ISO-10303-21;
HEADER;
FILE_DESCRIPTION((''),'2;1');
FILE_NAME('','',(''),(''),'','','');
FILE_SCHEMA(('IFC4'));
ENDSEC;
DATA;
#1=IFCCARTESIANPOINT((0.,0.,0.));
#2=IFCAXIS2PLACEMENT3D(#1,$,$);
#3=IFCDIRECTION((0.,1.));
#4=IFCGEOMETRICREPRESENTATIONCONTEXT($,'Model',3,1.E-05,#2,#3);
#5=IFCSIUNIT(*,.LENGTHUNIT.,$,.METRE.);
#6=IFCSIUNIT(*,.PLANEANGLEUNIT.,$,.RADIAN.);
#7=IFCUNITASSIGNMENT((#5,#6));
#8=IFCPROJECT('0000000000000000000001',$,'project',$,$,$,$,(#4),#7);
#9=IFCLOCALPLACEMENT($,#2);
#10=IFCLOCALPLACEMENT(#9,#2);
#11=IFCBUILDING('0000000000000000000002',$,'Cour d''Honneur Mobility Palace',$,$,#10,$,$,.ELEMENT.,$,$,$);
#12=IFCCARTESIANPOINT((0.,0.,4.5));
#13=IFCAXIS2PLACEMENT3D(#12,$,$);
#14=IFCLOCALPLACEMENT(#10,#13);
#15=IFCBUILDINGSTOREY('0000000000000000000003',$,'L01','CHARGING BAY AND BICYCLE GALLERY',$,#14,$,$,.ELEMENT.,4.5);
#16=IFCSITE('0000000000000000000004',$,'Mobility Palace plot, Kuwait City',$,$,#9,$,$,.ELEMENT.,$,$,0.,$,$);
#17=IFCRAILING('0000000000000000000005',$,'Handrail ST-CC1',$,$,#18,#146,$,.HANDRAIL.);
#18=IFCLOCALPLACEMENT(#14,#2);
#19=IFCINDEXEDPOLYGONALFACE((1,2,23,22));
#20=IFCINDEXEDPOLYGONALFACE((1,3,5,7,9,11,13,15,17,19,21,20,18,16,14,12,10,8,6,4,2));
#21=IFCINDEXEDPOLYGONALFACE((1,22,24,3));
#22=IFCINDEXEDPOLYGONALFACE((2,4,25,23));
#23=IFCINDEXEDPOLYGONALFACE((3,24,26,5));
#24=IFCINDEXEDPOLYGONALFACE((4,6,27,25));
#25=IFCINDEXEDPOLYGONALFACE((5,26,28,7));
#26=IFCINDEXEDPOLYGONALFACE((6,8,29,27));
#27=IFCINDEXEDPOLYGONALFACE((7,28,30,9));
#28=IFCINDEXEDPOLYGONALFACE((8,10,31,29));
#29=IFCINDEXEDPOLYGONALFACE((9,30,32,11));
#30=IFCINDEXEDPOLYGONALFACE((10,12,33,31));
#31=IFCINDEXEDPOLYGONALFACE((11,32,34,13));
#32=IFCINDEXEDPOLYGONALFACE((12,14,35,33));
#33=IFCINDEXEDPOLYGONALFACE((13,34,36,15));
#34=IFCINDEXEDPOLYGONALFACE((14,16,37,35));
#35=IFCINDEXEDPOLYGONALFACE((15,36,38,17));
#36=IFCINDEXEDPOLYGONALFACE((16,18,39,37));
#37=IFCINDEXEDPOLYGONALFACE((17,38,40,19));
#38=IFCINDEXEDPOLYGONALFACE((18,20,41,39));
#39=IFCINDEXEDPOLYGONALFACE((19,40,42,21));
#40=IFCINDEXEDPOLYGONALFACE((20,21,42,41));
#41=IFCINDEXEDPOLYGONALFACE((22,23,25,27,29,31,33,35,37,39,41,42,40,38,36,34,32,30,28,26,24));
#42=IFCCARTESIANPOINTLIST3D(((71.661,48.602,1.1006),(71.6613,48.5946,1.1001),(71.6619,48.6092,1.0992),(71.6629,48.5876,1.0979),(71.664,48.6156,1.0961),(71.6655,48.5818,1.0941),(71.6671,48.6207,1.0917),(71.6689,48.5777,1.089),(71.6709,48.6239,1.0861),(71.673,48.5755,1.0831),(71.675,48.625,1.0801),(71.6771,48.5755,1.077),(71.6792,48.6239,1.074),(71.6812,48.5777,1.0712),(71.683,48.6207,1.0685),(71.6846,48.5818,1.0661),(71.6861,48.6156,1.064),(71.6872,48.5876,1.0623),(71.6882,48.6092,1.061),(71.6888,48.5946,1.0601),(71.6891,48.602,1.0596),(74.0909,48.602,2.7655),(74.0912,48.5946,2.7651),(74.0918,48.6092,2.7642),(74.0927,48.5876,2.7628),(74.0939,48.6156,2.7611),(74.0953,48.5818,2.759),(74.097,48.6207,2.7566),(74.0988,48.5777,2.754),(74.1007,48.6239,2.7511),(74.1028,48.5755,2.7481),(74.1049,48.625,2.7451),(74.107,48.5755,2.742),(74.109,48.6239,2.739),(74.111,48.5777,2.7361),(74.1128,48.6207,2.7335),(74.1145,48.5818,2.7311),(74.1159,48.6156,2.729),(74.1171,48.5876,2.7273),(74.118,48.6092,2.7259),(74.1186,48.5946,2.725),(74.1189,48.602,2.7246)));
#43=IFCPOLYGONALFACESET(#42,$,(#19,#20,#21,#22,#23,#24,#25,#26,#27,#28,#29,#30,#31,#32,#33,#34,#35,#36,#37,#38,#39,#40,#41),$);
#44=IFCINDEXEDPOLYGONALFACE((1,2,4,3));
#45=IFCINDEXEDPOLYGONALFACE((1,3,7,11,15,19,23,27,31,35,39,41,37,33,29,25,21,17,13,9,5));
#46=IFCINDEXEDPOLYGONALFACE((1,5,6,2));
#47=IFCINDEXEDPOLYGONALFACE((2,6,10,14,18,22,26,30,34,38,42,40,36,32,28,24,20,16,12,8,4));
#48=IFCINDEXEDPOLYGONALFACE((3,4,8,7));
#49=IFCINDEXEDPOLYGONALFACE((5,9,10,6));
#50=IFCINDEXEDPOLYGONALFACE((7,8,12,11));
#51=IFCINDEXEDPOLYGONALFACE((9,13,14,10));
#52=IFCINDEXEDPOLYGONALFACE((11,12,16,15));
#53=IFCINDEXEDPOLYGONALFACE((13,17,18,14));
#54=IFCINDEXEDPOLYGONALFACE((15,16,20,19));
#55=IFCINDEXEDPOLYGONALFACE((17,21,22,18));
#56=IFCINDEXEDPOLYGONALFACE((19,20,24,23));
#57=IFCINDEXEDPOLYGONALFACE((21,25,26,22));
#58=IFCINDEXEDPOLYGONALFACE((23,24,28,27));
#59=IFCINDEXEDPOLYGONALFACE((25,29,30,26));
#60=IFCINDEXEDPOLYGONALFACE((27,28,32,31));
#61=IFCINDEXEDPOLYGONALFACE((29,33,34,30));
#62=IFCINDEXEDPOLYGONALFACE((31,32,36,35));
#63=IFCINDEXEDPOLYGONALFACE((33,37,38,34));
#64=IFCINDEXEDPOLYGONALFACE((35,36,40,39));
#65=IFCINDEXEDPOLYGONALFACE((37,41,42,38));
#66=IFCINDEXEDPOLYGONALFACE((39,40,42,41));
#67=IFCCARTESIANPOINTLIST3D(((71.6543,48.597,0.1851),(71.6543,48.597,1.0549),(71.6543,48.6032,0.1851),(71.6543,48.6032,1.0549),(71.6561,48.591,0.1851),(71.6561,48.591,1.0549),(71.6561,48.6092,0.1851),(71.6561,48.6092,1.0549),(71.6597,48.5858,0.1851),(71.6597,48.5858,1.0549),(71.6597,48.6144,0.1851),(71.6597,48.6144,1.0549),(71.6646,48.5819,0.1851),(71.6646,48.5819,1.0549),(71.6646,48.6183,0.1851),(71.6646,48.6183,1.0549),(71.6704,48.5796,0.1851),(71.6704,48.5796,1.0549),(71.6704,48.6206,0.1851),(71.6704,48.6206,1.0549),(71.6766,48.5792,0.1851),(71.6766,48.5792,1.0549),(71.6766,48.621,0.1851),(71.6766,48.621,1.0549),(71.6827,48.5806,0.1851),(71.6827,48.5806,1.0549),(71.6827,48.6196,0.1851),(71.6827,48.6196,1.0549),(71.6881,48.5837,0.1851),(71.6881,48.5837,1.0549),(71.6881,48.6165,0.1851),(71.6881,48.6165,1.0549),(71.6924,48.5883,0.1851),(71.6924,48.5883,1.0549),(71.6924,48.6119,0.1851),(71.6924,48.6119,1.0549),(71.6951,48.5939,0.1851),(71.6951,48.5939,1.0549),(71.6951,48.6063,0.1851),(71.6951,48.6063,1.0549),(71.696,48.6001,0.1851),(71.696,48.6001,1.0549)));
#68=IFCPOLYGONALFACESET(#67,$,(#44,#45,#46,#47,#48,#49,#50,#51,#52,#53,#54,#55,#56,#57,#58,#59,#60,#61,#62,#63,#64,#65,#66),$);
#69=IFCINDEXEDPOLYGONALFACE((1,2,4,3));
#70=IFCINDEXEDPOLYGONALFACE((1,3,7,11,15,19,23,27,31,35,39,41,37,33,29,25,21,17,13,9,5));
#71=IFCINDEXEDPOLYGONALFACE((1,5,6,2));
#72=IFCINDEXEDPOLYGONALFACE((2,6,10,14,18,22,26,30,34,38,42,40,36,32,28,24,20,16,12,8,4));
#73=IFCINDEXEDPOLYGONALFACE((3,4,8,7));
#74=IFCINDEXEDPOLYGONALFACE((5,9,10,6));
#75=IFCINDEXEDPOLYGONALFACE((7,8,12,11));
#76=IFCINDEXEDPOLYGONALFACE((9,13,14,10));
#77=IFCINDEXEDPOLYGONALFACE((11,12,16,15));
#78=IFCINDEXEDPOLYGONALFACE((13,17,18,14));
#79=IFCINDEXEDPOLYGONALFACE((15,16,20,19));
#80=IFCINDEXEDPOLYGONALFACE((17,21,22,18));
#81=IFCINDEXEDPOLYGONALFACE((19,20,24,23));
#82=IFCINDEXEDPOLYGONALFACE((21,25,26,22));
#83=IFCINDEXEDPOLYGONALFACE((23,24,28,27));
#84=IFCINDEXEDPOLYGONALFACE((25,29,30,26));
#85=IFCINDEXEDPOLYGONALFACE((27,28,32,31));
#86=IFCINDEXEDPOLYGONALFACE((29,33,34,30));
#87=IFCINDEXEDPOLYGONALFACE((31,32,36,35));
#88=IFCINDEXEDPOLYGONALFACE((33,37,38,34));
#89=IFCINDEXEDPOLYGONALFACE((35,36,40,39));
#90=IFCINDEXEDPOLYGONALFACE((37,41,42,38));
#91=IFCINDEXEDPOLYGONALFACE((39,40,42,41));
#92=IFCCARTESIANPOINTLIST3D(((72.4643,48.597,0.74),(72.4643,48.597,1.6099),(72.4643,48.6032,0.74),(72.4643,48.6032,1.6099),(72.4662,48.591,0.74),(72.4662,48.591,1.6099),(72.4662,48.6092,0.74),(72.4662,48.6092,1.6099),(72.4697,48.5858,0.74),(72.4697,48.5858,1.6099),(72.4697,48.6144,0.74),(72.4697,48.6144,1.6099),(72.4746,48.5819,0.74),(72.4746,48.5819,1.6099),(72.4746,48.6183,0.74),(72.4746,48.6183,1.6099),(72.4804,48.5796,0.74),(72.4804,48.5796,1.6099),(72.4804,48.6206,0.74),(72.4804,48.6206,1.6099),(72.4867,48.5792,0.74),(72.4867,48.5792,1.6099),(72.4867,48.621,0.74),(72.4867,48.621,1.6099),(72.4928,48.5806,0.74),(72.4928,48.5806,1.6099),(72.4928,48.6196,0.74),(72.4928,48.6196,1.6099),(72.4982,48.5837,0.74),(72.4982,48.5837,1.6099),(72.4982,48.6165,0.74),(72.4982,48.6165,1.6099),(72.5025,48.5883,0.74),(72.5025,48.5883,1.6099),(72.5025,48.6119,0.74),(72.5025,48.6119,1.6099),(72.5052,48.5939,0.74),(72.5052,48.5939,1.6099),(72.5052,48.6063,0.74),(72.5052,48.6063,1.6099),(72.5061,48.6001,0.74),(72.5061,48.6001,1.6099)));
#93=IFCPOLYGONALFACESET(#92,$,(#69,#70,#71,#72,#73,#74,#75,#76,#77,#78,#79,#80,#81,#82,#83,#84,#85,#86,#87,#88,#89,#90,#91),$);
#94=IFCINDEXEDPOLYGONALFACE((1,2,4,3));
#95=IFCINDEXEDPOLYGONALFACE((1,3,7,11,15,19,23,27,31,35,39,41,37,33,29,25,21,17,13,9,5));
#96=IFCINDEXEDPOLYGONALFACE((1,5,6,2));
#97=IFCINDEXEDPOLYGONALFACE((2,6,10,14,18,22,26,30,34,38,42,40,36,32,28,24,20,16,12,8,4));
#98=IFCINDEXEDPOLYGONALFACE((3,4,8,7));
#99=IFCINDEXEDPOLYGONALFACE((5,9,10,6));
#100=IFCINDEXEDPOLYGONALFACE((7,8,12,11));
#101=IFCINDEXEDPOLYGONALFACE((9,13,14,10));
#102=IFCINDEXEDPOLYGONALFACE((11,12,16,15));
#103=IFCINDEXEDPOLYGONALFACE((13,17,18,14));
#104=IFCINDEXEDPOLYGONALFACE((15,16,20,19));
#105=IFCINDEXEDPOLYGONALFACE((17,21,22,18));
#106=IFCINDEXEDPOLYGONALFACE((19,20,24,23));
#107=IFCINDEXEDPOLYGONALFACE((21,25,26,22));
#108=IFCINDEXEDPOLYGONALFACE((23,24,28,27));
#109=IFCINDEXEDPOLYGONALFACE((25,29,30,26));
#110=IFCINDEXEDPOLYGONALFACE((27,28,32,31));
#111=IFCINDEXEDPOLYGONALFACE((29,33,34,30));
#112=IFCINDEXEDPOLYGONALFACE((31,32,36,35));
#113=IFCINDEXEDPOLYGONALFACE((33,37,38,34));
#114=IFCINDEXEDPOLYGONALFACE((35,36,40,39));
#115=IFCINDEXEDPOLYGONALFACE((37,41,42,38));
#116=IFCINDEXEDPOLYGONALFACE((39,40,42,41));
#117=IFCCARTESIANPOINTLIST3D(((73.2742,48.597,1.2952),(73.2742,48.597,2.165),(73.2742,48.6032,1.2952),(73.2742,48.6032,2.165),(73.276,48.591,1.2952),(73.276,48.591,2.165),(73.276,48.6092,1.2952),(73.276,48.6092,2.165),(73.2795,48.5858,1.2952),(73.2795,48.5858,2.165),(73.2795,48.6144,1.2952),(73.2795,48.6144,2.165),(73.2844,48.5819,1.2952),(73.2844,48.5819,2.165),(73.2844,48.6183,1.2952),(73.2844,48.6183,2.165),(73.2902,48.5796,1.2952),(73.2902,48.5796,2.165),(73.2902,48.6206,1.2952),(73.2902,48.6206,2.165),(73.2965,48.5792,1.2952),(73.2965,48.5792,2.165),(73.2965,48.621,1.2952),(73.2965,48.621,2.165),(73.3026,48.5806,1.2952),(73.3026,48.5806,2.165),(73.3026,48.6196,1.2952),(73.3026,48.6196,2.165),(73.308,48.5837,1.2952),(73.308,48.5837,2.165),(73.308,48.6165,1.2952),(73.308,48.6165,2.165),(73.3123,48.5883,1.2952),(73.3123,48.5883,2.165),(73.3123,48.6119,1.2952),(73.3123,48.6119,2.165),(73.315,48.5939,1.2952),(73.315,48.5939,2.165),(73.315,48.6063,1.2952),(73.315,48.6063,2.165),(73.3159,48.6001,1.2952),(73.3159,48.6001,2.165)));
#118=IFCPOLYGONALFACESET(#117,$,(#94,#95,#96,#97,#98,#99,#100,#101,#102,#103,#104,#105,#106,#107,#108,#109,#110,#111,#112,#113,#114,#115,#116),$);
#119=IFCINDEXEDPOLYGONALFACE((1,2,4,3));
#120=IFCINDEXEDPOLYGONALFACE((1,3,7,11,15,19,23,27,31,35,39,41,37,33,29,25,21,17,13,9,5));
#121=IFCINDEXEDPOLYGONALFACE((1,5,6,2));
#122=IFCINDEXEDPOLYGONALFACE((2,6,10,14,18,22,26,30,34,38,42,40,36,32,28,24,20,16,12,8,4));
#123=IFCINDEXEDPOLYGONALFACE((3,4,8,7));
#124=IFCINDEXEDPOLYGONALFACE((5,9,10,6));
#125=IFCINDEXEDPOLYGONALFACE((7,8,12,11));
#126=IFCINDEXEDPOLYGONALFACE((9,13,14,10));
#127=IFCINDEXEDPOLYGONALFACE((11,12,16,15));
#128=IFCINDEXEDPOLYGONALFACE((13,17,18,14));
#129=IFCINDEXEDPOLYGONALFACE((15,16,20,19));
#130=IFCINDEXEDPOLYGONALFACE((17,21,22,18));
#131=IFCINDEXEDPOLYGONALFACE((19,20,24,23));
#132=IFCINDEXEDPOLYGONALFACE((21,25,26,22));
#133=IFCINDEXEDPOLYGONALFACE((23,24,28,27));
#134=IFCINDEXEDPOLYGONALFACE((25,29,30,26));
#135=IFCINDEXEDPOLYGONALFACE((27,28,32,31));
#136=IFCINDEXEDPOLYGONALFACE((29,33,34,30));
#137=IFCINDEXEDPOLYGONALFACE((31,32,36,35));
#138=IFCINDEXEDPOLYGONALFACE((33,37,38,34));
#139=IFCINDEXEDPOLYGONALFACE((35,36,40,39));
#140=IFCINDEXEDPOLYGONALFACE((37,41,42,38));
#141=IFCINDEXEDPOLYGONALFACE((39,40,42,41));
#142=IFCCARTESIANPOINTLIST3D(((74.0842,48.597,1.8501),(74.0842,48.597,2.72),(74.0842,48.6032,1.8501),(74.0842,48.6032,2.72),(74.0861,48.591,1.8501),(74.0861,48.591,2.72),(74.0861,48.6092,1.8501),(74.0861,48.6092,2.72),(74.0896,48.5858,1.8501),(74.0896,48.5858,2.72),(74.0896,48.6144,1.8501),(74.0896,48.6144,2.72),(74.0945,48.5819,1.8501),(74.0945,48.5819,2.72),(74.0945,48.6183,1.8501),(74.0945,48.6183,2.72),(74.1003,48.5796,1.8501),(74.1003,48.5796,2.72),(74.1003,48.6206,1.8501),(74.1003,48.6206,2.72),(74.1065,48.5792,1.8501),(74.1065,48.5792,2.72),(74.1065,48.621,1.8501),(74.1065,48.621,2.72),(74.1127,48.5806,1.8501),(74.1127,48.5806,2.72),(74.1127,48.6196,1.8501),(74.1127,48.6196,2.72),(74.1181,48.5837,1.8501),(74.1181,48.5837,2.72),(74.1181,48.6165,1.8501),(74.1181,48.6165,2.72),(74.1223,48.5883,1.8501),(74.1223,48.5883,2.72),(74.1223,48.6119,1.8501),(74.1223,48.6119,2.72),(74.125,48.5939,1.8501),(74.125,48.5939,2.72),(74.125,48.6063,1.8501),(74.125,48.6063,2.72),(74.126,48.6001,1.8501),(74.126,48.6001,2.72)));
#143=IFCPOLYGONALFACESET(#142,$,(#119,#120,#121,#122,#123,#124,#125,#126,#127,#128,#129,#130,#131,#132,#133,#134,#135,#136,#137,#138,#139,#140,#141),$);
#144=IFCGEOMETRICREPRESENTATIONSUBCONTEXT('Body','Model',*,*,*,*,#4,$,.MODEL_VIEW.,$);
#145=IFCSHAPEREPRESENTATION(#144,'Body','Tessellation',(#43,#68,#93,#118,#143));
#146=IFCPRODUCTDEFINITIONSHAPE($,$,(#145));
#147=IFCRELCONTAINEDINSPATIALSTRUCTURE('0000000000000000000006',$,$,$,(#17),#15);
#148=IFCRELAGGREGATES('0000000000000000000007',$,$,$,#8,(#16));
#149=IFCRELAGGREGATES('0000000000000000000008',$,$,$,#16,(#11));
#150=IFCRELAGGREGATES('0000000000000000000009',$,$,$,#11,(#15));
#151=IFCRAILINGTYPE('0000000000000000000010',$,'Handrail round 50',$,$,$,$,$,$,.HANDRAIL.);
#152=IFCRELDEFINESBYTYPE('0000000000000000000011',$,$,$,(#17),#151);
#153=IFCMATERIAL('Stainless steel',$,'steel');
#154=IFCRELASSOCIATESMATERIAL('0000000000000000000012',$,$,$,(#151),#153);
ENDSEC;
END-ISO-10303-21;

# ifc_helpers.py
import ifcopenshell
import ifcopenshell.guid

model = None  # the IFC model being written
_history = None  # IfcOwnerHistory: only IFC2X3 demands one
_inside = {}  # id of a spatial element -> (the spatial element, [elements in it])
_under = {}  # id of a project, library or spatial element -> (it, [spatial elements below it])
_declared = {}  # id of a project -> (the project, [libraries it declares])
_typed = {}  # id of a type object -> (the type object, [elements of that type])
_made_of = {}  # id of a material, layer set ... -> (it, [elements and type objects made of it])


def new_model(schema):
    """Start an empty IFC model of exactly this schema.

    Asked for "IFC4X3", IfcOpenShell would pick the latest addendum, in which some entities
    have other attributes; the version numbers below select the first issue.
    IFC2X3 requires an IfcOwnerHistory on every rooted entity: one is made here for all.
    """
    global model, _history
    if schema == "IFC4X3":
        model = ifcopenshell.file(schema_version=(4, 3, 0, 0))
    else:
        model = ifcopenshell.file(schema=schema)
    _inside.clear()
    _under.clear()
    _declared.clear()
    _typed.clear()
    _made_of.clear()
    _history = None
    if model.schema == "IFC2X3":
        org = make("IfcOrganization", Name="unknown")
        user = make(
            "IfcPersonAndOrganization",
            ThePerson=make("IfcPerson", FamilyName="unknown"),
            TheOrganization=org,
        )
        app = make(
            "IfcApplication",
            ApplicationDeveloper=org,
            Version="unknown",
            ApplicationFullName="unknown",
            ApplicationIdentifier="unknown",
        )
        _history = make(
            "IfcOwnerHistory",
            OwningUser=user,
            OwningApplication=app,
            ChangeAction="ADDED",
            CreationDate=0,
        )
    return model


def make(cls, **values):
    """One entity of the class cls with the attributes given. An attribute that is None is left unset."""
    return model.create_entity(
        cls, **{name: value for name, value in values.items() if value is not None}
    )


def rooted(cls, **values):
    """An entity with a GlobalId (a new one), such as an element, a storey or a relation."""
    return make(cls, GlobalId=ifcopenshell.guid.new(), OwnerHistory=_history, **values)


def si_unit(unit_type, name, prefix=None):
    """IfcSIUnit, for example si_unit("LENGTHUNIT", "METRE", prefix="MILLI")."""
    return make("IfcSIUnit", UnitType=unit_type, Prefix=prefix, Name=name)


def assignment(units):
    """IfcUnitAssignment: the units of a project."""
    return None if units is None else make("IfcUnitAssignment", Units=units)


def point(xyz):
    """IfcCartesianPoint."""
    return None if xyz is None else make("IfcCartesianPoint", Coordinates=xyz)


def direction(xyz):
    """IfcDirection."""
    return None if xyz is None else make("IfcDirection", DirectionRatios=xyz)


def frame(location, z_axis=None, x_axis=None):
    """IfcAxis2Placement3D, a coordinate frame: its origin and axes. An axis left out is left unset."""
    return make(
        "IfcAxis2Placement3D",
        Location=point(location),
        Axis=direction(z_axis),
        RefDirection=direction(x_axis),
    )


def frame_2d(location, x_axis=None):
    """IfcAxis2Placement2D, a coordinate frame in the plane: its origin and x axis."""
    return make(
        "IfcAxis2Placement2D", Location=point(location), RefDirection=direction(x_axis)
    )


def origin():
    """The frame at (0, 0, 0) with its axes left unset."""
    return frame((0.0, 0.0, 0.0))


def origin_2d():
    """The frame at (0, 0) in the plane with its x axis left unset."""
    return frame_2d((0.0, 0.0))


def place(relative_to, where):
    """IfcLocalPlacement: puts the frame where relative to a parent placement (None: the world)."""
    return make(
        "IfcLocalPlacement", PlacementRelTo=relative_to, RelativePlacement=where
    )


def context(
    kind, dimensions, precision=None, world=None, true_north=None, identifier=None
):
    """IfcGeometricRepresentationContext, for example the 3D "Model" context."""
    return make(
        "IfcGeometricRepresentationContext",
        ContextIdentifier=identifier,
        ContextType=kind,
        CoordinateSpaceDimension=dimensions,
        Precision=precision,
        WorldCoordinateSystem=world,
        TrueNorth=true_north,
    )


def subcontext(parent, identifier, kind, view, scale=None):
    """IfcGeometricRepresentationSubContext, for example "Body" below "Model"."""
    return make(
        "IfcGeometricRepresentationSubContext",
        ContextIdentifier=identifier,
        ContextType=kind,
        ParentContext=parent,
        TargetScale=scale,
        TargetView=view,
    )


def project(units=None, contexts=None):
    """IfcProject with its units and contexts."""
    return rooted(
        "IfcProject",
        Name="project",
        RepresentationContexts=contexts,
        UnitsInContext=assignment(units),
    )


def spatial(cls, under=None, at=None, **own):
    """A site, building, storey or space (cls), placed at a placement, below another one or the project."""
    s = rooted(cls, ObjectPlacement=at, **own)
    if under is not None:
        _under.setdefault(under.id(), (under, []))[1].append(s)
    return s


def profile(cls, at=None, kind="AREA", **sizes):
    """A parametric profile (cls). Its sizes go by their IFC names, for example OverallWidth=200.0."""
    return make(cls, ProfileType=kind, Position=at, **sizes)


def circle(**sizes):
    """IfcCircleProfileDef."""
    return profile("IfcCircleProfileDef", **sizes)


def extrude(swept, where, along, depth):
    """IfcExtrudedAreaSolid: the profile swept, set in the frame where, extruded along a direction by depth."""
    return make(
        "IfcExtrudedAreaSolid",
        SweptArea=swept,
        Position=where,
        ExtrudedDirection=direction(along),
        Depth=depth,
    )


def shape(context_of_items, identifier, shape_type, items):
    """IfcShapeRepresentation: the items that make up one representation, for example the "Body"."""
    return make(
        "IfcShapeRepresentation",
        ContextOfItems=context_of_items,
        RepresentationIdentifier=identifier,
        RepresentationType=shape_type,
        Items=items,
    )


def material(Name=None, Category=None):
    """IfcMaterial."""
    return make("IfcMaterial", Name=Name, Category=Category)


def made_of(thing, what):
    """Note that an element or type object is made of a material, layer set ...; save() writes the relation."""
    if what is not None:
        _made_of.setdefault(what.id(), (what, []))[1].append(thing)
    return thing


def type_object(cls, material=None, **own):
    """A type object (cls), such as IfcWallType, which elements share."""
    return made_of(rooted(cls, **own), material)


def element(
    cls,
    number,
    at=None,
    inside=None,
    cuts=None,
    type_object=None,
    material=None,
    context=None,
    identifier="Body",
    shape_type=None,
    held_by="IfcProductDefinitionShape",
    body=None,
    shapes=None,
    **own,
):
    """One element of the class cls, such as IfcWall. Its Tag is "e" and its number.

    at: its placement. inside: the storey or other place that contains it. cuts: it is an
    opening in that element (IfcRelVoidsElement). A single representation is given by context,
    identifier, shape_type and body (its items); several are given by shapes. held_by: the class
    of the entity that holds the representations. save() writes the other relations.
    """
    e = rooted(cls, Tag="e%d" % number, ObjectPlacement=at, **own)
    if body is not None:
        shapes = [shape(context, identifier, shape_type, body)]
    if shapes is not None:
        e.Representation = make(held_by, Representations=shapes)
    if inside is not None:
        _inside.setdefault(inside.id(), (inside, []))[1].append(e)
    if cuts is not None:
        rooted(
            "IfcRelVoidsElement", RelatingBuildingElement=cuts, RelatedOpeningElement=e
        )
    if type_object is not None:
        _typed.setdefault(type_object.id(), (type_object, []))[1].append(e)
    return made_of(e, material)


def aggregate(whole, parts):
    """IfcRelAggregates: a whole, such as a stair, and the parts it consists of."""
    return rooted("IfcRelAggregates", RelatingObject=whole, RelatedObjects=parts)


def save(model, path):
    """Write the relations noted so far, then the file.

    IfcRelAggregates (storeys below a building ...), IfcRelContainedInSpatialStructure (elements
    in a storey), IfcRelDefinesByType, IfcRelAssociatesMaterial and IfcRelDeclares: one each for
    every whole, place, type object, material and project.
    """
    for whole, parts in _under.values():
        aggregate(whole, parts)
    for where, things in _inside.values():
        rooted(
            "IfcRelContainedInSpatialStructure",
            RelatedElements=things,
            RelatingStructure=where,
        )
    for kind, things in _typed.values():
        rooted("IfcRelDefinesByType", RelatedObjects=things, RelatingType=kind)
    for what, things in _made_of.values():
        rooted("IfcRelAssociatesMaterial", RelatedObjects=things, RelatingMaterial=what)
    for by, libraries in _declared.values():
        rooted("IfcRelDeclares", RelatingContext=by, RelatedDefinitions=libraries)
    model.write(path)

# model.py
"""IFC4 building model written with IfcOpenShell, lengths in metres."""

from ifc_helpers import new_model, si_unit, direction, frame, origin, origin_2d, place, context, subcontext, project, spatial, circle, extrude, material, type_object, element, save


model = new_model("IFC4")

# Units and contexts
model_context = context("Model", 3, precision=1e-05, world=origin(), true_north=direction((0.0, 1.0)))
body_context = subcontext(model_context, "Body", "Model", "MODEL_VIEW")
ifc_project = project(units=[si_unit("LENGTHUNIT", "METRE"), si_unit("PLANEANGLEUNIT", "RADIAN")], contexts=[model_context])

# Site, building, storey
site_placement = place(None, origin())
site = spatial("IfcSite", under=ifc_project, at=site_placement, Name="Mobility Palace plot, Kuwait City", CompositionType="ELEMENT", RefElevation=0.0)
building_placement = place(site_placement, origin())
building = spatial("IfcBuilding", under=site, at=building_placement, Name="Cour d'Honneur Mobility Palace", CompositionType="ELEMENT")
storey_placement = place(building_placement, frame((0.0, 0.0, 4.5)))
storey = spatial("IfcBuildingStorey", under=building, at=storey_placement, Name="L01", Description="CHARGING BAY AND BICYCLE GALLERY", CompositionType="ELEMENT", Elevation=4.5)

# Railing
ifc_material_1 = material(Name="Stainless steel", Category="steel")
railing_type_1 = type_object("IfcRailingType", Name="Handrail round 50", PredefinedType="HANDRAIL", material=ifc_material_1)
railing_1_placement = place(storey_placement, frame((71.675, 48.6001, 0.1851)))
element("IfcRailing", 1, at=railing_1_placement, inside=storey, type_object=railing_type_1, Name="Handrail ST-CC1", PredefinedType="HANDRAIL", context=body_context, shape_type="SweptSolid", body=[
    extrude(circle(Radius=0.0249, at=origin_2d()), frame((0.0, 0.0, 0.895), z_axis=(0.824919, 0.0, 0.565251), x_axis=(0.0, 1.0, 0.0)), (0.0, 0.0, 1.0), 2.9456),
    extrude(circle(Radius=0.021, at=origin_2d()), origin(), (0.0, 0.0, 1.0), 0.8699),
    extrude(circle(Radius=0.021, at=origin_2d()), frame((0.8101, 0.0, 0.5549)), (0.0, 0.0, 1.0), 0.8699),
    extrude(circle(Radius=0.021, at=origin_2d()), frame((1.6199, 0.0, 1.1101)), (0.0, 0.0, 1.0), 0.8699),
    extrude(circle(Radius=0.021, at=origin_2d()), frame((2.4299, 0.0, 1.665)), (0.0, 0.0, 1.0), 0.8699),
])

save(model, "model.ifc")
